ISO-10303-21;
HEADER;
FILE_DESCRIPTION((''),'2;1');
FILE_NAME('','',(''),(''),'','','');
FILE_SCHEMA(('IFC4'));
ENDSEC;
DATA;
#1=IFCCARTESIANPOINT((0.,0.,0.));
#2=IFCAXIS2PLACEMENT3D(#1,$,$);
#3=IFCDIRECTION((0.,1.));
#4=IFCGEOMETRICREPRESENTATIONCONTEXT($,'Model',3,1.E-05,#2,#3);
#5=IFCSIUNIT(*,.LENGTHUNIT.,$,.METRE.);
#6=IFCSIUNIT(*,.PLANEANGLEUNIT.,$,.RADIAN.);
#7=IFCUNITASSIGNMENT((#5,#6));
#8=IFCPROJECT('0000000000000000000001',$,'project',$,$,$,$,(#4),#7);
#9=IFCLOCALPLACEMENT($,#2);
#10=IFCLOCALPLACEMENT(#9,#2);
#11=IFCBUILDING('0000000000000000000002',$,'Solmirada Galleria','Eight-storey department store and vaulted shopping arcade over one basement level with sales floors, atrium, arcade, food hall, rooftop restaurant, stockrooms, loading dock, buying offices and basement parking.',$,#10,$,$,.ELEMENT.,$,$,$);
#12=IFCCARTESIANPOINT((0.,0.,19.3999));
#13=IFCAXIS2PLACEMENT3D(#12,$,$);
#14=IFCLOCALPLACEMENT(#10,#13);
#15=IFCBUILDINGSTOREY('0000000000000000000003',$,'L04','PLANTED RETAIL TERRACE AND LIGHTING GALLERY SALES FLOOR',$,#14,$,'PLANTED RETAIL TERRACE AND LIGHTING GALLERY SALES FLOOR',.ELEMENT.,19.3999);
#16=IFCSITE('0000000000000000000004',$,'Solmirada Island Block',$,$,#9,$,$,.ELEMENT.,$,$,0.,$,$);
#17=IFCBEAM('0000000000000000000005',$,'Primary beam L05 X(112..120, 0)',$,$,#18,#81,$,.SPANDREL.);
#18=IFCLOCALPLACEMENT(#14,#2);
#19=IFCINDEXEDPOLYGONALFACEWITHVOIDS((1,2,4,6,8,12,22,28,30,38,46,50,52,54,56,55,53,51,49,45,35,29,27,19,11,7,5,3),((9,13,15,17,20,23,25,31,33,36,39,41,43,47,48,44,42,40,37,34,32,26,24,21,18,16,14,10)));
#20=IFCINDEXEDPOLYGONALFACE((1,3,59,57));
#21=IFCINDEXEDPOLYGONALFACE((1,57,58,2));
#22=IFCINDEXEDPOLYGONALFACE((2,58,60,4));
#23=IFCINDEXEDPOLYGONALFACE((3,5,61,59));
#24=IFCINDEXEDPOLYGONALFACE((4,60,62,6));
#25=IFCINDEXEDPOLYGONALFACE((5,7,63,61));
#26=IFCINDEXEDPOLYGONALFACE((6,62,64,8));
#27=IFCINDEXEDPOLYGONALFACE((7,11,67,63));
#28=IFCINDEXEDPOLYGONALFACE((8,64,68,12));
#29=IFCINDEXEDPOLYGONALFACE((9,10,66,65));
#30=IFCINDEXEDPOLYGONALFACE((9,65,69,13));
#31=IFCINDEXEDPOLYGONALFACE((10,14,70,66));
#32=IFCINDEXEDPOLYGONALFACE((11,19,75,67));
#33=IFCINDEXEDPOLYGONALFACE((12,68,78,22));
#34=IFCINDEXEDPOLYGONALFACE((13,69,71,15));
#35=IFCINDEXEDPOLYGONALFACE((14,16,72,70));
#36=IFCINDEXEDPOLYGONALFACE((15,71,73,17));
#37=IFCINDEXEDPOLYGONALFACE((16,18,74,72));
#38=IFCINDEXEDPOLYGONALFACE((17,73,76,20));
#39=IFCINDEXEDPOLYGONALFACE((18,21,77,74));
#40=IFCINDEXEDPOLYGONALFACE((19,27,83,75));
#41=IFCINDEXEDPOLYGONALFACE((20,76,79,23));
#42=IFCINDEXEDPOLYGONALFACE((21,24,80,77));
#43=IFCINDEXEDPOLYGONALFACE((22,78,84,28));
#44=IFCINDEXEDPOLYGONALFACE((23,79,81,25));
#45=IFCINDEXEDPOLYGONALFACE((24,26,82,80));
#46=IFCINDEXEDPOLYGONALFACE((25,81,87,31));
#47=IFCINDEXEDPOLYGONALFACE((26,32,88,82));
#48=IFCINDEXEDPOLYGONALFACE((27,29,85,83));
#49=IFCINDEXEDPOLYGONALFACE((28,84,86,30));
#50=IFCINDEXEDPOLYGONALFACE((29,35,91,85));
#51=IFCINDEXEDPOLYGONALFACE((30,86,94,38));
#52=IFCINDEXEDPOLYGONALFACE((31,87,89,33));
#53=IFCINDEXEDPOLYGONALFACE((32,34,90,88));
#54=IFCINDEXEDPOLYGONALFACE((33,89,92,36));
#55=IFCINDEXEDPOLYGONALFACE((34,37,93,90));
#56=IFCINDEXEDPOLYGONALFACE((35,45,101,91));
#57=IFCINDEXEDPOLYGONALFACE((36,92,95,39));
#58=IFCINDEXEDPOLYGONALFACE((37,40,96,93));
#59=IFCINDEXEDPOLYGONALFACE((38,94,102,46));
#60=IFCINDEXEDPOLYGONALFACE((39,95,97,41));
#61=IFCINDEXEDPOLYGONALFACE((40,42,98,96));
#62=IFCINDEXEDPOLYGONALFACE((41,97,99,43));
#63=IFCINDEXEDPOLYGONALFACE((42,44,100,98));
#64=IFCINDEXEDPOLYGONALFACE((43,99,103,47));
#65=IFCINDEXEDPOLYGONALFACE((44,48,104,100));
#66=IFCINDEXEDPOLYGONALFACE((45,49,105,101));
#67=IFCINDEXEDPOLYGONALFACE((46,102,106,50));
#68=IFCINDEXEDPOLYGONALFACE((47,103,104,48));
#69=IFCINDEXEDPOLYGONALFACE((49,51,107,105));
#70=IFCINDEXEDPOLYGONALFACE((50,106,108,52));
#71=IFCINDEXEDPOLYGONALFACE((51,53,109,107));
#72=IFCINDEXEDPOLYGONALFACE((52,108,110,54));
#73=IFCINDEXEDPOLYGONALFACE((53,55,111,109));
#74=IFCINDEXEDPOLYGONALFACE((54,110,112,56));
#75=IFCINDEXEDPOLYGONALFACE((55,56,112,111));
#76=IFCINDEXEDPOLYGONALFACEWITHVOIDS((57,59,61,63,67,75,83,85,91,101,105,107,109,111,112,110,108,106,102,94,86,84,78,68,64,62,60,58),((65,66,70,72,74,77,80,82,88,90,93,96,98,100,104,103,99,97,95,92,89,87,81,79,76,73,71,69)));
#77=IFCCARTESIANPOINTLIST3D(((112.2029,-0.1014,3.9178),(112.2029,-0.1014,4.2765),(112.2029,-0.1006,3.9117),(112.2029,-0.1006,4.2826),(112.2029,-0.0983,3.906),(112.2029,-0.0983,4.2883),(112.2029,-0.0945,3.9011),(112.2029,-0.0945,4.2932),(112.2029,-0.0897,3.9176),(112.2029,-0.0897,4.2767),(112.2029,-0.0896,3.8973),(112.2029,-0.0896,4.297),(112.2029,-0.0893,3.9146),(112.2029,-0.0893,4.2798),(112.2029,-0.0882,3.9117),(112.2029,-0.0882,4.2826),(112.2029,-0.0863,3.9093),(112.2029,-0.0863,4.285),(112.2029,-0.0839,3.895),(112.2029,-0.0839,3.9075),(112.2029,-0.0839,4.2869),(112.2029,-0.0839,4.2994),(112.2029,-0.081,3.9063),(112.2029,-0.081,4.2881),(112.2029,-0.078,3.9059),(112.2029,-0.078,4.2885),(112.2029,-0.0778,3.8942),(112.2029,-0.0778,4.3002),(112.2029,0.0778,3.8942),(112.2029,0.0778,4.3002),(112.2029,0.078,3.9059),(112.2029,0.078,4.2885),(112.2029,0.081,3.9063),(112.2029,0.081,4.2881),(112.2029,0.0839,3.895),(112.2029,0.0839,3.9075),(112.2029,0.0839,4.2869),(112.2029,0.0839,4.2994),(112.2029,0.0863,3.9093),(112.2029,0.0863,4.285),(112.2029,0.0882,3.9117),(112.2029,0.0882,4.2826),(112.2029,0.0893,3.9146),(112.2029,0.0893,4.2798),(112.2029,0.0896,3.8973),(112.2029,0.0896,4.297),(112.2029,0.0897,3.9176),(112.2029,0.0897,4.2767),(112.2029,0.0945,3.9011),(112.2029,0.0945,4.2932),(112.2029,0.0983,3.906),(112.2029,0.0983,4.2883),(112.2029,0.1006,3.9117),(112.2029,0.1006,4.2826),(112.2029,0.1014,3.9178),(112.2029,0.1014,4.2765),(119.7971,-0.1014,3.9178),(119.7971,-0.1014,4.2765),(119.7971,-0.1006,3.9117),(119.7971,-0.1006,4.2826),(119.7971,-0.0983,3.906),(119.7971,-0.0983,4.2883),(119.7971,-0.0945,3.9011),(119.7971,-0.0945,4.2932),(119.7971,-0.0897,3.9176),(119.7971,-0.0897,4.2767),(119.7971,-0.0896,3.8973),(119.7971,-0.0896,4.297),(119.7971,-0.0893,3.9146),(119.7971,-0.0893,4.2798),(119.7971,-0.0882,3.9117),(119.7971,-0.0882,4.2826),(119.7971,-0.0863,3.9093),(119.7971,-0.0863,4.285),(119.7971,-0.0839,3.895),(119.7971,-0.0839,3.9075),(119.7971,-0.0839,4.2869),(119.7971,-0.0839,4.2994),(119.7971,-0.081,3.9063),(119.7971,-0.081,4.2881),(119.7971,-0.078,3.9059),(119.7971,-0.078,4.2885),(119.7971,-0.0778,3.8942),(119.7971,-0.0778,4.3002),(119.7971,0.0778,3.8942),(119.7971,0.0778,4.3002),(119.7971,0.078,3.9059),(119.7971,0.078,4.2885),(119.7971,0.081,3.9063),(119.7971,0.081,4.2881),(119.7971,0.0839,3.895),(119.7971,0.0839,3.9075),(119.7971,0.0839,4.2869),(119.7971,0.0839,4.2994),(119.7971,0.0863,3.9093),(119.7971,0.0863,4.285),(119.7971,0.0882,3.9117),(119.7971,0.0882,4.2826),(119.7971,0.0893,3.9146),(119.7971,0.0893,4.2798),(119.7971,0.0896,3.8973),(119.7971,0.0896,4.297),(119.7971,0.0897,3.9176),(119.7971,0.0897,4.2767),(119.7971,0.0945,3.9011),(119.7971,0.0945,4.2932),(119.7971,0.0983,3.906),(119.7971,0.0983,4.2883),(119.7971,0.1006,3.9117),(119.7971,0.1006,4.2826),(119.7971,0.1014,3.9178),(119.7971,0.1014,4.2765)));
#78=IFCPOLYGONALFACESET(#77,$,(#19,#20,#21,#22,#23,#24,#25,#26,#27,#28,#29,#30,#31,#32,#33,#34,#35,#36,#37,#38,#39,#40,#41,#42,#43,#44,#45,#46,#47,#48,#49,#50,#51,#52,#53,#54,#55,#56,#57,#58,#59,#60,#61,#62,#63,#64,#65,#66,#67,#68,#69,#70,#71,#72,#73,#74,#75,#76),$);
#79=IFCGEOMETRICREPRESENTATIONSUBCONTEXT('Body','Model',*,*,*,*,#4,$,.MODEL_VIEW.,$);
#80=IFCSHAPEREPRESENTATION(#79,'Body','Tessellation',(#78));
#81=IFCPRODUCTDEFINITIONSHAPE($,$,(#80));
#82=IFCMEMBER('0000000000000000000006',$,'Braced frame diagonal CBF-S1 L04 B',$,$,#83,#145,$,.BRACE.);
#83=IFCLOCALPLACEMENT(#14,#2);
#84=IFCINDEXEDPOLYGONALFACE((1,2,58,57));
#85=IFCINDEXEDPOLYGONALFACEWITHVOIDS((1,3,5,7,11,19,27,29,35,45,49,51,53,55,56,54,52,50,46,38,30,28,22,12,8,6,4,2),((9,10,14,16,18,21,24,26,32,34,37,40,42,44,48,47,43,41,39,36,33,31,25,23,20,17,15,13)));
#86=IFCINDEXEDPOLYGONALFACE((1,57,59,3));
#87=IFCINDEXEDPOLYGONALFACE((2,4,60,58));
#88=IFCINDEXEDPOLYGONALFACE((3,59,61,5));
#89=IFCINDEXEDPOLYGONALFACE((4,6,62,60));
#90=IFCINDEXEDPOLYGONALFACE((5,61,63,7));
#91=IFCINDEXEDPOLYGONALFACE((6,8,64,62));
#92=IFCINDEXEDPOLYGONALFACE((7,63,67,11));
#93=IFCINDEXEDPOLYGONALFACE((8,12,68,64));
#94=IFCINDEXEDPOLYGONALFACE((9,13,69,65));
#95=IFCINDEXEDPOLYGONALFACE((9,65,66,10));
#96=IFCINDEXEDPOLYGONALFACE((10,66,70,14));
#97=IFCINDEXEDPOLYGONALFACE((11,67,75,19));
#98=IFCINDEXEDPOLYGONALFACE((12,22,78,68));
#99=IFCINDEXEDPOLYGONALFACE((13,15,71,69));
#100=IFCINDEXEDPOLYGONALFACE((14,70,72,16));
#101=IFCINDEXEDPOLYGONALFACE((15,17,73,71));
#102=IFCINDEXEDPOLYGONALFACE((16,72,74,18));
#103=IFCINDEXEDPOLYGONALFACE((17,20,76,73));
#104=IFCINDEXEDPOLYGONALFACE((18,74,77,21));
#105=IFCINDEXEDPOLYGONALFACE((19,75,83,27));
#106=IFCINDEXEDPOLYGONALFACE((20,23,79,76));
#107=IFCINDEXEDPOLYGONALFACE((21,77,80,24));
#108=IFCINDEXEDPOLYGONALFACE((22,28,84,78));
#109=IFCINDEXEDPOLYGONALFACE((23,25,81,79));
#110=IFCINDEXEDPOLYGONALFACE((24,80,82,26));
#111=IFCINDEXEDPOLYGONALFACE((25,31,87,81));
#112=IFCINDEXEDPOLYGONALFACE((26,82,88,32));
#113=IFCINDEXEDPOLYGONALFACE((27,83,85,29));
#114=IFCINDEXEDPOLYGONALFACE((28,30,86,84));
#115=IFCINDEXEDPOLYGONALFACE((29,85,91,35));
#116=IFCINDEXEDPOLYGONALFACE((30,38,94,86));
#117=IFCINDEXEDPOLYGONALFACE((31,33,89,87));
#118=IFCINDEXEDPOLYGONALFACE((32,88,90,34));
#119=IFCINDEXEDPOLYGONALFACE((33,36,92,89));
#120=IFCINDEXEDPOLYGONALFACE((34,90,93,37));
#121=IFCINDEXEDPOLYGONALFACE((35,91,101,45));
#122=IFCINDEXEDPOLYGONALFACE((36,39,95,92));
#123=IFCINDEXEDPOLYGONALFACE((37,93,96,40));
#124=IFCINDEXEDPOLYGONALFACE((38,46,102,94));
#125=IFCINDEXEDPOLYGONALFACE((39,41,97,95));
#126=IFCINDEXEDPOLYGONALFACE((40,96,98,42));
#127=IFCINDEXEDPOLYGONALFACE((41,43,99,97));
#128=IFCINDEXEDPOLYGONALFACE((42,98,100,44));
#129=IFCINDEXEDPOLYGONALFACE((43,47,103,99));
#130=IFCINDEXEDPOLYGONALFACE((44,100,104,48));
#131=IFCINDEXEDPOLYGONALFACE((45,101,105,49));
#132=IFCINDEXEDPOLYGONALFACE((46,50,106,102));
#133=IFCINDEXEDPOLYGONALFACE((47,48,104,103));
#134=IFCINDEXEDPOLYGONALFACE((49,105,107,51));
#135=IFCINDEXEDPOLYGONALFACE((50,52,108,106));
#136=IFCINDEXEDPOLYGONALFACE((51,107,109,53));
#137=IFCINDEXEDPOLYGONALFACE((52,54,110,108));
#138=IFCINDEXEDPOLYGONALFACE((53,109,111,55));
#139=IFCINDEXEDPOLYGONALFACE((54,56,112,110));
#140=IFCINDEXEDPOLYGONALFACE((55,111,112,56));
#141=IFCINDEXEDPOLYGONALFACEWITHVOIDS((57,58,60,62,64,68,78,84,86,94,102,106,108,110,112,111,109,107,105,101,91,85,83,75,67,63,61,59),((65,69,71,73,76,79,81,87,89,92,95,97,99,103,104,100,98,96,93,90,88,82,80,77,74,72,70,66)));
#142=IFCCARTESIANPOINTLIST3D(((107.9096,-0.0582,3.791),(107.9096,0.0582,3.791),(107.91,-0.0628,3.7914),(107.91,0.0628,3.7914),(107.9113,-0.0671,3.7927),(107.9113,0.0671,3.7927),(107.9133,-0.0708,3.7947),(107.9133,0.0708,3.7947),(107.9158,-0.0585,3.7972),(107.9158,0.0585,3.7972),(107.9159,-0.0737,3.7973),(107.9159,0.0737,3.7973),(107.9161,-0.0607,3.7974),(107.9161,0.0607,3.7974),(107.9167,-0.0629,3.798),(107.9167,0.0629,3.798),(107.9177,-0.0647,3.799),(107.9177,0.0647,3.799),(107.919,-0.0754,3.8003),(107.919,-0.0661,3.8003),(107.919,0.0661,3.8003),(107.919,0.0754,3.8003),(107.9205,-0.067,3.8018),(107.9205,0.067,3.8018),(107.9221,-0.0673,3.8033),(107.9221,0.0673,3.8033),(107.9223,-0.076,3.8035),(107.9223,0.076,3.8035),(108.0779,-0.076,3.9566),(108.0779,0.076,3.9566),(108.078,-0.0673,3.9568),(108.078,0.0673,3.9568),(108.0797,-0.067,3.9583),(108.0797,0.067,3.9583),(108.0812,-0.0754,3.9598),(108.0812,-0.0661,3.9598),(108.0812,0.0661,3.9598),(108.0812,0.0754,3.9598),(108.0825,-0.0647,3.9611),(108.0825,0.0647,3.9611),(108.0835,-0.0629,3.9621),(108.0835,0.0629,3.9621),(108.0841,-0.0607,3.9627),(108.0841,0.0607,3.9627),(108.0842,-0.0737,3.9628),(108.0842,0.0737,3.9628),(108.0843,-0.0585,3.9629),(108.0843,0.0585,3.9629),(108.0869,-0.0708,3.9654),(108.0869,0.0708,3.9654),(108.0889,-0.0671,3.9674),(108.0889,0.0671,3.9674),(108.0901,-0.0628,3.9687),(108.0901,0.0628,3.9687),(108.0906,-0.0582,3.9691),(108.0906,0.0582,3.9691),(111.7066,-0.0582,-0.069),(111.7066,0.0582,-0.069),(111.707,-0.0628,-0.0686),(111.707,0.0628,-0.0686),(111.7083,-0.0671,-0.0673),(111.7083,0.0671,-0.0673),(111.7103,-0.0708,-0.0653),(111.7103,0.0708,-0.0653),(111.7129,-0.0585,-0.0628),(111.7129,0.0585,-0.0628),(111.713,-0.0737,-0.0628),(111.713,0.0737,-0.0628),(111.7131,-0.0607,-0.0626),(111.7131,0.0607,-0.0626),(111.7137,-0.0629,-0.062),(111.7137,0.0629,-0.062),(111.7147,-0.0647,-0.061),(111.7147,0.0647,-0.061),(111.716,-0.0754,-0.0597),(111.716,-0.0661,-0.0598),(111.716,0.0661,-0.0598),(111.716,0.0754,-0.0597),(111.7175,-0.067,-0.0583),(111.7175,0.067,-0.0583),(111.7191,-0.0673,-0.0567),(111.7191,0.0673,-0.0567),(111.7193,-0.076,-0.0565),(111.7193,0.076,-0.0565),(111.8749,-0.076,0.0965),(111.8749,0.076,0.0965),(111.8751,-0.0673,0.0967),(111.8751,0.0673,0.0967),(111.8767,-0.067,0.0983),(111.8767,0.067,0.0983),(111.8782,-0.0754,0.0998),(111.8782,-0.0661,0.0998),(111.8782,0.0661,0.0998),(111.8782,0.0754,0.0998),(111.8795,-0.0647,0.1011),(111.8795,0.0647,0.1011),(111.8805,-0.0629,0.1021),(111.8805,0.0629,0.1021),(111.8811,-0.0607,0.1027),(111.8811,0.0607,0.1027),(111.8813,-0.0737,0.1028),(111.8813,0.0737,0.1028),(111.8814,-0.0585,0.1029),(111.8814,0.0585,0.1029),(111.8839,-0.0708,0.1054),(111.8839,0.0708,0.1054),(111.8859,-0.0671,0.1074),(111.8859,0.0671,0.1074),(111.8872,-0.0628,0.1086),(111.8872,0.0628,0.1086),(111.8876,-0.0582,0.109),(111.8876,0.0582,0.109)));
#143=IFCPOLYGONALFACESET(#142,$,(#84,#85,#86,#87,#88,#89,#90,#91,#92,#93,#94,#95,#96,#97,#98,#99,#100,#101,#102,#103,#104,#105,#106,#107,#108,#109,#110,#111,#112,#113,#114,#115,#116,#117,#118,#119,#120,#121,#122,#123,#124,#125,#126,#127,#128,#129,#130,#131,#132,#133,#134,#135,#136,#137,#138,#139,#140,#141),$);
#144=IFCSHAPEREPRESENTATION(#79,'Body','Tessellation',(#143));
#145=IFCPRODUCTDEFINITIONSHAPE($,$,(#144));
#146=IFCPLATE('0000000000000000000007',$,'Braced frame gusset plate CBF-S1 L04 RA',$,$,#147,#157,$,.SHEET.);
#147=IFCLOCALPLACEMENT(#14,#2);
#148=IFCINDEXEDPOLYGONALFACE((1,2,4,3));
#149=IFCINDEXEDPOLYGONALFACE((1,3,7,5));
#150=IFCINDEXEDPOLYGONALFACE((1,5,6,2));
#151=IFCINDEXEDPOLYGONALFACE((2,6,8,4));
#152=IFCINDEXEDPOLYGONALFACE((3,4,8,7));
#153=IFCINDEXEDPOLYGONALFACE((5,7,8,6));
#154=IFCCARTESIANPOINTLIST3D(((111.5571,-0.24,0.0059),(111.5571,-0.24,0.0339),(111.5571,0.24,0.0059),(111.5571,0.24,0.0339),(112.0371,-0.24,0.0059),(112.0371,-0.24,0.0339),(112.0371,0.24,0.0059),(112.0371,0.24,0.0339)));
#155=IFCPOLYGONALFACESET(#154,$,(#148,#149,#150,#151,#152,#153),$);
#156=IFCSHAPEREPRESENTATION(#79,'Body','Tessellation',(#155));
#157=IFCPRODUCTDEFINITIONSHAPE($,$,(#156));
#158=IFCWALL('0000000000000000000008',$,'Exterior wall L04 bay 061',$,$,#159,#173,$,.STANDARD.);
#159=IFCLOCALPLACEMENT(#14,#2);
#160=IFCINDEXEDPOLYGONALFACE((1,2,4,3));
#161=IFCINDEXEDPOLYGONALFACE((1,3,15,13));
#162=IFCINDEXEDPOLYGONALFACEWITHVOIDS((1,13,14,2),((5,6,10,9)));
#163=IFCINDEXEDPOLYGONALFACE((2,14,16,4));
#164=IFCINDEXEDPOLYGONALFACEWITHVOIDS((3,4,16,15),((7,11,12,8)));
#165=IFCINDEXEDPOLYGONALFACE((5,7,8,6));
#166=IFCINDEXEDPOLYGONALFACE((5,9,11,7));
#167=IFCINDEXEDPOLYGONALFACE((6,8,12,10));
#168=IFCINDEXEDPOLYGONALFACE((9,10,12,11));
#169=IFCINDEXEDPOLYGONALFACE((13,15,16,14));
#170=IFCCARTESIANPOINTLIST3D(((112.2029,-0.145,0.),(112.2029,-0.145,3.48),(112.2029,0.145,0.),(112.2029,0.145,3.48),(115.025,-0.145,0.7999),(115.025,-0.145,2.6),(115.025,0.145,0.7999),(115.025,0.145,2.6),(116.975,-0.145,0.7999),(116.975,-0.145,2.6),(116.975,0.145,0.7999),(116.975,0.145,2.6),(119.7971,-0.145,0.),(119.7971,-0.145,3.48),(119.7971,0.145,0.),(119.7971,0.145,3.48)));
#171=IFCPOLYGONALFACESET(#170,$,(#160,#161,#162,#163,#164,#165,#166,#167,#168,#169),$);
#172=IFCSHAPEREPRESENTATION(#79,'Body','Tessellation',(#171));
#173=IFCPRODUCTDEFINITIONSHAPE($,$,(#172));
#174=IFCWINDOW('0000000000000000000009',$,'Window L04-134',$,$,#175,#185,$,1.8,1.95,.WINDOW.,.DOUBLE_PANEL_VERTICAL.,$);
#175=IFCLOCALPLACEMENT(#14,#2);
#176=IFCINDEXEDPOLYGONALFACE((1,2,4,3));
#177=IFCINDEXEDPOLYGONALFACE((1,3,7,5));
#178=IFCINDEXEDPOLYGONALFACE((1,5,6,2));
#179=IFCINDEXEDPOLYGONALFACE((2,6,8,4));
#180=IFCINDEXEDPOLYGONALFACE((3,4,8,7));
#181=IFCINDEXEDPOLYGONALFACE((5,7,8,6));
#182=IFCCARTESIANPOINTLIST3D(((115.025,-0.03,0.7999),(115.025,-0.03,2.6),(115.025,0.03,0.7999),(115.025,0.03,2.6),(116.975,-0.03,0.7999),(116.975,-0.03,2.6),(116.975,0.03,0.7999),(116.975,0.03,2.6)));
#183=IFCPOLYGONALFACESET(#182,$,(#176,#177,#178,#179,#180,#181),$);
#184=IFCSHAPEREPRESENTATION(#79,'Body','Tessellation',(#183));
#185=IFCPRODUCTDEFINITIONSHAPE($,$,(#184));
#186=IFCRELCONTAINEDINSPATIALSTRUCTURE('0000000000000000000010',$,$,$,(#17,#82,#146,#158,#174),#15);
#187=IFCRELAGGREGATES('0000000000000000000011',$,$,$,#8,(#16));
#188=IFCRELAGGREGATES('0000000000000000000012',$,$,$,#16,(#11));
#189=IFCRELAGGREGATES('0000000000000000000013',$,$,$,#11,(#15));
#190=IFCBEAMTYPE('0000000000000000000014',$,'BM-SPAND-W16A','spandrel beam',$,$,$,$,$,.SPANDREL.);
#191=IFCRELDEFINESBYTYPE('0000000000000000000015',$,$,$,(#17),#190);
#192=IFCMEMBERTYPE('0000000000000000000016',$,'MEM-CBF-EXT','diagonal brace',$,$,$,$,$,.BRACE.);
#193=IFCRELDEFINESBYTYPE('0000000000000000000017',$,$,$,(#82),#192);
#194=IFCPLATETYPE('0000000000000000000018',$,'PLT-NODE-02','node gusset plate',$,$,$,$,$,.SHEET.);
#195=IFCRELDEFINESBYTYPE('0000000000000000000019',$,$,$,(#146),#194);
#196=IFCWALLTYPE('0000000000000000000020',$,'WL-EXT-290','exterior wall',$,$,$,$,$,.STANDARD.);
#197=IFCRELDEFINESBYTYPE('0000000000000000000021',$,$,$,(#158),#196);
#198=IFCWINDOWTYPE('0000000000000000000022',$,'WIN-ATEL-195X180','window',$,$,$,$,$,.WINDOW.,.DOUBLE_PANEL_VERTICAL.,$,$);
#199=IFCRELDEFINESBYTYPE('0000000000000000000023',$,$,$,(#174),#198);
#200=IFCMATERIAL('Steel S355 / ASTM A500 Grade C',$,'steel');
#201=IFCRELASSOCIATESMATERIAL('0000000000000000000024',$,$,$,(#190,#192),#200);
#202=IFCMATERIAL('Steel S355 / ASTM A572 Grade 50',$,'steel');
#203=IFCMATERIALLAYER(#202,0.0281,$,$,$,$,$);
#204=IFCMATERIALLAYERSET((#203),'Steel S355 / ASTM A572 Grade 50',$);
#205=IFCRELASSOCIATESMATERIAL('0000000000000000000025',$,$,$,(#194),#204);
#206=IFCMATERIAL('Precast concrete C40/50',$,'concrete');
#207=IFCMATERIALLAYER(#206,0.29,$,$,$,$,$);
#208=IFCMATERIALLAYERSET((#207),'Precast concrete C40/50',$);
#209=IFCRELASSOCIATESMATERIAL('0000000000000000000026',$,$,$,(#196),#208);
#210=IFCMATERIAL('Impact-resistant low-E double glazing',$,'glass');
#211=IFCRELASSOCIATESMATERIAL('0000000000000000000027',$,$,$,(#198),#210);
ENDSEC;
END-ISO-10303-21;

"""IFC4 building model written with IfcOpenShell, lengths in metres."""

from ifc_helpers import new_model, si_unit, direction, frame, frame_2d, origin, origin_2d, place, context, subcontext, project, spatial, rectangle, hollow_rectangle, extrude, material, layer, layer_set, material_profile, profile_set, type_object, element, fill, save


model = new_model("IFC4")

# Units and contexts
model_context = context("Model", 3, precision=1e-05, world=origin(), true_north=direction((0.0, 1.0)))
body_context = subcontext(model_context, "Body", "Model", "MODEL_VIEW")
ifc_project = project(units=[si_unit("LENGTHUNIT", "METRE"), si_unit("PLANEANGLEUNIT", "RADIAN")], contexts=[model_context])

# Site, building, storey
site_placement = place(None, origin())
site = spatial("IfcSite", under=ifc_project, at=site_placement, Name="Solmirada Island Block", CompositionType="ELEMENT", RefElevation=0.0)
building_placement = place(site_placement, origin())
building = spatial("IfcBuilding", under=site, at=building_placement, Name="Solmirada Galleria", Description="Eight-storey department store and vaulted shopping arcade over one basement level with sales floors, atrium, arcade, food hall, rooftop restaurant, stockrooms, loading dock, buying offices and basement parking.", CompositionType="ELEMENT")
storey_placement = place(building_placement, frame((0.0, 0.0, 19.3999)))
storey = spatial("IfcBuildingStorey", under=building, at=storey_placement, Name="L04", Description="PLANTED RETAIL TERRACE AND LIGHTING GALLERY SALES FLOOR", LongName="PLANTED RETAIL TERRACE AND LIGHTING GALLERY SALES FLOOR", CompositionType="ELEMENT", Elevation=19.3999)

# Shared definitions
ifc_material_1 = material(Name="Steel S355 / ASTM A500 Grade C", Category="steel")

# Beam
ifc_material_profile_1 = material_profile(ifc_material_1, hollow_rectangle(XDim=0.2029, YDim=0.406, WallThickness=0.0117, InnerFilletRadius=0.0117, OuterFilletRadius=0.0237, at=origin_2d()), Name="HSS16X8X1/2")
ifc_profile_set_1 = profile_set([ifc_material_profile_1], Name="Steel S355 / ASTM A500 Grade C")
beam_type_1 = type_object("IfcBeamType", Name="BM-SPAND-W16A", Description="spandrel beam", PredefinedType="SPANDREL", material=ifc_profile_set_1)
beam_1_placement = place(storey_placement, frame((112.2029, 0.0, 4.0972), z_axis=(1.0, 0.0, 0.0), x_axis=(0.0, 1.0, 0.0)))
element("IfcBeam", 1, at=beam_1_placement, inside=storey, type_object=beam_type_1, Name="Primary beam L05 X(112..120, 0)", PredefinedType="SPANDREL", context=body_context, shape_type="SweptSolid", body=[
    extrude(hollow_rectangle(XDim=0.2029, YDim=0.406, WallThickness=0.0117, InnerFilletRadius=0.0117, OuterFilletRadius=0.0237, at=origin_2d()), origin(), (0.0, 0.0, 1.0), 7.5942),
])

# Member
ifc_material_profile_2 = material_profile(ifc_material_1, hollow_rectangle(XDim=0.1521, YDim=0.2539, WallThickness=0.0088, InnerFilletRadius=0.0088, OuterFilletRadius=0.0178, at=origin_2d()), Name="HSS10X6X3/8")
ifc_profile_set_2 = profile_set([ifc_material_profile_2], Name="Steel S355 / ASTM A500 Grade C")
member_type = type_object("IfcMemberType", Name="MEM-CBF-EXT", Description="diagonal brace", PredefinedType="BRACE", material=ifc_profile_set_2)
member_placement = place(storey_placement, frame((111.7971, 0.0, 0.02), z_axis=(-0.701266, 0.0, 0.712899), x_axis=(0.0, -1.0, 0.0)))
element("IfcMember", 2, at=member_placement, inside=storey, type_object=member_type, Name="Braced frame diagonal CBF-S1 L04 B", PredefinedType="BRACE", context=body_context, shape_type="SweptSolid", body=[
    extrude(hollow_rectangle(XDim=0.1521, YDim=0.2539, WallThickness=0.0088, InnerFilletRadius=0.0088, OuterFilletRadius=0.0178, at=origin_2d()), origin(), (0.0, 0.0, 1.0), 5.4146),
])

# Plate
ifc_material_2 = material(Name="Steel S355 / ASTM A572 Grade 50", Category="steel")
ifc_layer_1 = layer(ifc_material_2, 0.0281)
ifc_layer_set_1 = layer_set([ifc_layer_1], Name="Steel S355 / ASTM A572 Grade 50")
plate_type = type_object("IfcPlateType", Name="PLT-NODE-02", Description="node gusset plate", PredefinedType="SHEET", material=ifc_layer_set_1)
plate_placement = place(storey_placement, frame((111.7971, 0.0, 0.0059), z_axis=(0.0, 0.0, 1.0), x_axis=(1.0, 0.0, 0.0)))
element("IfcPlate", 3, at=plate_placement, inside=storey, type_object=plate_type, Name="Braced frame gusset plate CBF-S1 L04 RA", PredefinedType="SHEET", context=body_context, shape_type="SweptSolid", body=[
    extrude(rectangle(XDim=0.48, YDim=0.48, at=origin_2d()), origin(), (0.0, 0.0, 1.0), 0.0281),
])

# Wall, opening, window
ifc_material_3 = material(Name="Precast concrete C40/50", Category="concrete")
ifc_layer_2 = layer(ifc_material_3, 0.29)
ifc_layer_set_2 = layer_set([ifc_layer_2], Name="Precast concrete C40/50")
wall_type_1 = type_object("IfcWallType", Name="WL-EXT-290", Description="exterior wall", PredefinedType="STANDARD", material=ifc_layer_set_2)
wall_1_placement = place(storey_placement, frame((119.7971, 0.0, 0.0), z_axis=(0.0, 0.0, 1.0), x_axis=(-1.0, 0.0, 0.0)))
wall_1 = element("IfcWall", 4, at=wall_1_placement, inside=storey, type_object=wall_type_1, Name="Exterior wall L04 bay 061", PredefinedType="STANDARD", context=body_context, shape_type="SweptSolid", body=[
    extrude(rectangle(XDim=7.5942, YDim=0.29, at=frame_2d((3.7971, 0.0))), origin(), (0.0, 0.0, 1.0), 3.48),
])
opening_placement = place(wall_1_placement, frame((2.822, 0.0, 0.8)))
opening = element("IfcOpeningElement", 5, at=opening_placement, cuts=wall_1, PredefinedType="OPENING", context=body_context, shape_type="SweptSolid", body=[
    extrude(rectangle(XDim=1.95, YDim=1.8, at=frame_2d((0.9751, 0.8999))), frame((0.0, 0.155, 0.0), z_axis=(0.0, -1.0, 0.0), x_axis=(1.0, 0.0, 0.0)), (0.0, 0.0, 1.0), 0.3101),
])
ifc_material_4 = material(Name="Impact-resistant low-E double glazing", Category="glass")
window_type = type_object("IfcWindowType", Name="WIN-ATEL-195X180", Description="window", PartitioningType="DOUBLE_PANEL_VERTICAL", PredefinedType="WINDOW", material=ifc_material_4)
window_placement = place(opening_placement, origin())
window = element("IfcWindow", 6, at=window_placement, inside=storey, type_object=window_type, Name="Window L04-134", OverallHeight=1.8, OverallWidth=1.95, PartitioningType="DOUBLE_PANEL_VERTICAL", PredefinedType="WINDOW", context=body_context, shape_type="SweptSolid", body=[
    extrude(rectangle(XDim=1.95, YDim=1.8, at=frame_2d((0.9751, 0.8999))), frame((0.0, 0.03, 0.0), z_axis=(0.0, -1.0, 0.0), x_axis=(1.0, 0.0, 0.0)), (0.0, 0.0, 1.0), 0.0601),
])
fill(opening, window)

save(model, "model.ifc")
